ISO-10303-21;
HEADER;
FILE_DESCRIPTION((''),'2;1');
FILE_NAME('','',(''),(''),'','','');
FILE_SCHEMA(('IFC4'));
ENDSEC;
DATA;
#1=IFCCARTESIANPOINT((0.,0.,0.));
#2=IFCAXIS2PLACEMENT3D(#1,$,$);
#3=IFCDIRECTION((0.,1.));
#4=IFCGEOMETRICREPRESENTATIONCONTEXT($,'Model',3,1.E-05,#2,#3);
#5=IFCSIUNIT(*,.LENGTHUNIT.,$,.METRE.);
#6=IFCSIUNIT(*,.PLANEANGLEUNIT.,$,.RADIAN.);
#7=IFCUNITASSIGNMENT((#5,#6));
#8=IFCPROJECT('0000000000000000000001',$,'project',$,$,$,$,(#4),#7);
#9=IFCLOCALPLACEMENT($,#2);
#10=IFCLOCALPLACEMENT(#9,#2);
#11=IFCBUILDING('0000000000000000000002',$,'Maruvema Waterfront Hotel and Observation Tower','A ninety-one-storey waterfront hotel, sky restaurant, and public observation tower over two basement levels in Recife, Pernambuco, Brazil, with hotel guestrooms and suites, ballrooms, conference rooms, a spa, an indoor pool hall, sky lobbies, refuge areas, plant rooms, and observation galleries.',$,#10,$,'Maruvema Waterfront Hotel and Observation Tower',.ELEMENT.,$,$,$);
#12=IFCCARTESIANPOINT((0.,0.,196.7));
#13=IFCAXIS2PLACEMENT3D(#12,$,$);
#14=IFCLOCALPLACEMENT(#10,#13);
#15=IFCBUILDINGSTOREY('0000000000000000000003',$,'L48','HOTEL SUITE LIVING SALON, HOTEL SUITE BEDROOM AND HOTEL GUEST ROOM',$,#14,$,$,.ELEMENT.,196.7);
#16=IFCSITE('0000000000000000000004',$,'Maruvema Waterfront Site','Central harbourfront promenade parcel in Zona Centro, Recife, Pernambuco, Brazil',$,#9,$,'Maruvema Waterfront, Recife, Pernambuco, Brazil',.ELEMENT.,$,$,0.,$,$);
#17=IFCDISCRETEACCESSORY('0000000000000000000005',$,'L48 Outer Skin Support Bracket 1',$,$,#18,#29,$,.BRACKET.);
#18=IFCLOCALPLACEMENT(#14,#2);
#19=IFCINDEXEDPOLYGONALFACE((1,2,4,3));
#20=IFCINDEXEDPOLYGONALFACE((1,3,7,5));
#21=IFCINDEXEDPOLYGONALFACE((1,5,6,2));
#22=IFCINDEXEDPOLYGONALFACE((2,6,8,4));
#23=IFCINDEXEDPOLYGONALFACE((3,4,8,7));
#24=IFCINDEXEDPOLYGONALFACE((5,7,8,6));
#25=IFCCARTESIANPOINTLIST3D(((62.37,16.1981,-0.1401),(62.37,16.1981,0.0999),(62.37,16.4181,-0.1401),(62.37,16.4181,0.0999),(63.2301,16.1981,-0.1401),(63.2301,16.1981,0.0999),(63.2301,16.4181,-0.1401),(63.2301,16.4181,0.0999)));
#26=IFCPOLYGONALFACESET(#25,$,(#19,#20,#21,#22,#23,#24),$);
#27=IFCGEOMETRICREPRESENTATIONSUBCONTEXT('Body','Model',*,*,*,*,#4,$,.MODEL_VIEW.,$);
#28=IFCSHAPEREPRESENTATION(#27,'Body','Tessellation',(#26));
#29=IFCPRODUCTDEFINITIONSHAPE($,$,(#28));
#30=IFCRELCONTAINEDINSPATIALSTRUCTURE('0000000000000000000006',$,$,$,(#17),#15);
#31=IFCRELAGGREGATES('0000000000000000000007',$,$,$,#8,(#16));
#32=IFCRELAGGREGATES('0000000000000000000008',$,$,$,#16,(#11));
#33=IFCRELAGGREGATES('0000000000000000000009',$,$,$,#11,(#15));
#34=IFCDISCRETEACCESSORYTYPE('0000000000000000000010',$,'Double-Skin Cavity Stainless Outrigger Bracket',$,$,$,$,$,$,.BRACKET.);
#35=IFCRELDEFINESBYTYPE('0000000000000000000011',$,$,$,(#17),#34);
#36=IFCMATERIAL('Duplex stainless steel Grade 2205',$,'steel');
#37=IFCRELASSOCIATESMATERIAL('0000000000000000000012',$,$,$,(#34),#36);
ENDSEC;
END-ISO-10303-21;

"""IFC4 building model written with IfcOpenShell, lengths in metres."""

from ifc_helpers import new_model, si_unit, direction, frame, origin, origin_2d, place, context, subcontext, project, spatial, rectangle, extrude, material, type_object, element, save


model = new_model("IFC4")

# Units and contexts
model_context = context("Model", 3, precision=1e-05, world=origin(), true_north=direction((0.0, 1.0)))
body_context = subcontext(model_context, "Body", "Model", "MODEL_VIEW")
ifc_project = project(units=[si_unit("LENGTHUNIT", "METRE"), si_unit("PLANEANGLEUNIT", "RADIAN")], contexts=[model_context])

# Site, building, storey
site_placement = place(None, origin())
site = spatial("IfcSite", under=ifc_project, at=site_placement, Name="Maruvema Waterfront Site", Description="Central harbourfront promenade parcel in Zona Centro, Recife, Pernambuco, Brazil", LongName="Maruvema Waterfront, Recife, Pernambuco, Brazil", CompositionType="ELEMENT", RefElevation=0.0)
building_placement = place(site_placement, origin())
building = spatial("IfcBuilding", under=site, at=building_placement, Name="Maruvema Waterfront Hotel and Observation Tower", Description="A ninety-one-storey waterfront hotel, sky restaurant, and public observation tower over two basement levels in Recife, Pernambuco, Brazil, with hotel guestrooms and suites, ballrooms, conference rooms, a spa, an indoor pool hall, sky lobbies, refuge areas, plant rooms, and observation galleries.", LongName="Maruvema Waterfront Hotel and Observation Tower", CompositionType="ELEMENT")
storey_placement = place(building_placement, frame((0.0, 0.0, 196.7)))
storey = spatial("IfcBuildingStorey", under=building, at=storey_placement, Name="L48", Description="HOTEL SUITE LIVING SALON, HOTEL SUITE BEDROOM AND HOTEL GUEST ROOM", CompositionType="ELEMENT", Elevation=196.7)

# Discrete accessory
ifc_material_1 = material(Name="Duplex stainless steel Grade 2205", Category="steel")
discrete_accessory_type = type_object("IfcDiscreteAccessoryType", Name="Double-Skin Cavity Stainless Outrigger Bracket", PredefinedType="BRACKET", material=ifc_material_1)
discrete_accessory_placement = place(storey_placement, frame((62.8, 16.3081, -0.1401), z_axis=(0.0, 0.0, 1.0), x_axis=(0.0, 1.0, 0.0)))
element("IfcDiscreteAccessory", 1, at=discrete_accessory_placement, inside=storey, type_object=discrete_accessory_type, Name="L48 Outer Skin Support Bracket 1", PredefinedType="BRACKET", context=body_context, shape_type="SweptSolid", body=[
    extrude(rectangle(XDim=0.22, YDim=0.8601, at=origin_2d()), origin(), (0.0, 0.0, 1.0), 0.24),
])

save(model, "model.ifc")
